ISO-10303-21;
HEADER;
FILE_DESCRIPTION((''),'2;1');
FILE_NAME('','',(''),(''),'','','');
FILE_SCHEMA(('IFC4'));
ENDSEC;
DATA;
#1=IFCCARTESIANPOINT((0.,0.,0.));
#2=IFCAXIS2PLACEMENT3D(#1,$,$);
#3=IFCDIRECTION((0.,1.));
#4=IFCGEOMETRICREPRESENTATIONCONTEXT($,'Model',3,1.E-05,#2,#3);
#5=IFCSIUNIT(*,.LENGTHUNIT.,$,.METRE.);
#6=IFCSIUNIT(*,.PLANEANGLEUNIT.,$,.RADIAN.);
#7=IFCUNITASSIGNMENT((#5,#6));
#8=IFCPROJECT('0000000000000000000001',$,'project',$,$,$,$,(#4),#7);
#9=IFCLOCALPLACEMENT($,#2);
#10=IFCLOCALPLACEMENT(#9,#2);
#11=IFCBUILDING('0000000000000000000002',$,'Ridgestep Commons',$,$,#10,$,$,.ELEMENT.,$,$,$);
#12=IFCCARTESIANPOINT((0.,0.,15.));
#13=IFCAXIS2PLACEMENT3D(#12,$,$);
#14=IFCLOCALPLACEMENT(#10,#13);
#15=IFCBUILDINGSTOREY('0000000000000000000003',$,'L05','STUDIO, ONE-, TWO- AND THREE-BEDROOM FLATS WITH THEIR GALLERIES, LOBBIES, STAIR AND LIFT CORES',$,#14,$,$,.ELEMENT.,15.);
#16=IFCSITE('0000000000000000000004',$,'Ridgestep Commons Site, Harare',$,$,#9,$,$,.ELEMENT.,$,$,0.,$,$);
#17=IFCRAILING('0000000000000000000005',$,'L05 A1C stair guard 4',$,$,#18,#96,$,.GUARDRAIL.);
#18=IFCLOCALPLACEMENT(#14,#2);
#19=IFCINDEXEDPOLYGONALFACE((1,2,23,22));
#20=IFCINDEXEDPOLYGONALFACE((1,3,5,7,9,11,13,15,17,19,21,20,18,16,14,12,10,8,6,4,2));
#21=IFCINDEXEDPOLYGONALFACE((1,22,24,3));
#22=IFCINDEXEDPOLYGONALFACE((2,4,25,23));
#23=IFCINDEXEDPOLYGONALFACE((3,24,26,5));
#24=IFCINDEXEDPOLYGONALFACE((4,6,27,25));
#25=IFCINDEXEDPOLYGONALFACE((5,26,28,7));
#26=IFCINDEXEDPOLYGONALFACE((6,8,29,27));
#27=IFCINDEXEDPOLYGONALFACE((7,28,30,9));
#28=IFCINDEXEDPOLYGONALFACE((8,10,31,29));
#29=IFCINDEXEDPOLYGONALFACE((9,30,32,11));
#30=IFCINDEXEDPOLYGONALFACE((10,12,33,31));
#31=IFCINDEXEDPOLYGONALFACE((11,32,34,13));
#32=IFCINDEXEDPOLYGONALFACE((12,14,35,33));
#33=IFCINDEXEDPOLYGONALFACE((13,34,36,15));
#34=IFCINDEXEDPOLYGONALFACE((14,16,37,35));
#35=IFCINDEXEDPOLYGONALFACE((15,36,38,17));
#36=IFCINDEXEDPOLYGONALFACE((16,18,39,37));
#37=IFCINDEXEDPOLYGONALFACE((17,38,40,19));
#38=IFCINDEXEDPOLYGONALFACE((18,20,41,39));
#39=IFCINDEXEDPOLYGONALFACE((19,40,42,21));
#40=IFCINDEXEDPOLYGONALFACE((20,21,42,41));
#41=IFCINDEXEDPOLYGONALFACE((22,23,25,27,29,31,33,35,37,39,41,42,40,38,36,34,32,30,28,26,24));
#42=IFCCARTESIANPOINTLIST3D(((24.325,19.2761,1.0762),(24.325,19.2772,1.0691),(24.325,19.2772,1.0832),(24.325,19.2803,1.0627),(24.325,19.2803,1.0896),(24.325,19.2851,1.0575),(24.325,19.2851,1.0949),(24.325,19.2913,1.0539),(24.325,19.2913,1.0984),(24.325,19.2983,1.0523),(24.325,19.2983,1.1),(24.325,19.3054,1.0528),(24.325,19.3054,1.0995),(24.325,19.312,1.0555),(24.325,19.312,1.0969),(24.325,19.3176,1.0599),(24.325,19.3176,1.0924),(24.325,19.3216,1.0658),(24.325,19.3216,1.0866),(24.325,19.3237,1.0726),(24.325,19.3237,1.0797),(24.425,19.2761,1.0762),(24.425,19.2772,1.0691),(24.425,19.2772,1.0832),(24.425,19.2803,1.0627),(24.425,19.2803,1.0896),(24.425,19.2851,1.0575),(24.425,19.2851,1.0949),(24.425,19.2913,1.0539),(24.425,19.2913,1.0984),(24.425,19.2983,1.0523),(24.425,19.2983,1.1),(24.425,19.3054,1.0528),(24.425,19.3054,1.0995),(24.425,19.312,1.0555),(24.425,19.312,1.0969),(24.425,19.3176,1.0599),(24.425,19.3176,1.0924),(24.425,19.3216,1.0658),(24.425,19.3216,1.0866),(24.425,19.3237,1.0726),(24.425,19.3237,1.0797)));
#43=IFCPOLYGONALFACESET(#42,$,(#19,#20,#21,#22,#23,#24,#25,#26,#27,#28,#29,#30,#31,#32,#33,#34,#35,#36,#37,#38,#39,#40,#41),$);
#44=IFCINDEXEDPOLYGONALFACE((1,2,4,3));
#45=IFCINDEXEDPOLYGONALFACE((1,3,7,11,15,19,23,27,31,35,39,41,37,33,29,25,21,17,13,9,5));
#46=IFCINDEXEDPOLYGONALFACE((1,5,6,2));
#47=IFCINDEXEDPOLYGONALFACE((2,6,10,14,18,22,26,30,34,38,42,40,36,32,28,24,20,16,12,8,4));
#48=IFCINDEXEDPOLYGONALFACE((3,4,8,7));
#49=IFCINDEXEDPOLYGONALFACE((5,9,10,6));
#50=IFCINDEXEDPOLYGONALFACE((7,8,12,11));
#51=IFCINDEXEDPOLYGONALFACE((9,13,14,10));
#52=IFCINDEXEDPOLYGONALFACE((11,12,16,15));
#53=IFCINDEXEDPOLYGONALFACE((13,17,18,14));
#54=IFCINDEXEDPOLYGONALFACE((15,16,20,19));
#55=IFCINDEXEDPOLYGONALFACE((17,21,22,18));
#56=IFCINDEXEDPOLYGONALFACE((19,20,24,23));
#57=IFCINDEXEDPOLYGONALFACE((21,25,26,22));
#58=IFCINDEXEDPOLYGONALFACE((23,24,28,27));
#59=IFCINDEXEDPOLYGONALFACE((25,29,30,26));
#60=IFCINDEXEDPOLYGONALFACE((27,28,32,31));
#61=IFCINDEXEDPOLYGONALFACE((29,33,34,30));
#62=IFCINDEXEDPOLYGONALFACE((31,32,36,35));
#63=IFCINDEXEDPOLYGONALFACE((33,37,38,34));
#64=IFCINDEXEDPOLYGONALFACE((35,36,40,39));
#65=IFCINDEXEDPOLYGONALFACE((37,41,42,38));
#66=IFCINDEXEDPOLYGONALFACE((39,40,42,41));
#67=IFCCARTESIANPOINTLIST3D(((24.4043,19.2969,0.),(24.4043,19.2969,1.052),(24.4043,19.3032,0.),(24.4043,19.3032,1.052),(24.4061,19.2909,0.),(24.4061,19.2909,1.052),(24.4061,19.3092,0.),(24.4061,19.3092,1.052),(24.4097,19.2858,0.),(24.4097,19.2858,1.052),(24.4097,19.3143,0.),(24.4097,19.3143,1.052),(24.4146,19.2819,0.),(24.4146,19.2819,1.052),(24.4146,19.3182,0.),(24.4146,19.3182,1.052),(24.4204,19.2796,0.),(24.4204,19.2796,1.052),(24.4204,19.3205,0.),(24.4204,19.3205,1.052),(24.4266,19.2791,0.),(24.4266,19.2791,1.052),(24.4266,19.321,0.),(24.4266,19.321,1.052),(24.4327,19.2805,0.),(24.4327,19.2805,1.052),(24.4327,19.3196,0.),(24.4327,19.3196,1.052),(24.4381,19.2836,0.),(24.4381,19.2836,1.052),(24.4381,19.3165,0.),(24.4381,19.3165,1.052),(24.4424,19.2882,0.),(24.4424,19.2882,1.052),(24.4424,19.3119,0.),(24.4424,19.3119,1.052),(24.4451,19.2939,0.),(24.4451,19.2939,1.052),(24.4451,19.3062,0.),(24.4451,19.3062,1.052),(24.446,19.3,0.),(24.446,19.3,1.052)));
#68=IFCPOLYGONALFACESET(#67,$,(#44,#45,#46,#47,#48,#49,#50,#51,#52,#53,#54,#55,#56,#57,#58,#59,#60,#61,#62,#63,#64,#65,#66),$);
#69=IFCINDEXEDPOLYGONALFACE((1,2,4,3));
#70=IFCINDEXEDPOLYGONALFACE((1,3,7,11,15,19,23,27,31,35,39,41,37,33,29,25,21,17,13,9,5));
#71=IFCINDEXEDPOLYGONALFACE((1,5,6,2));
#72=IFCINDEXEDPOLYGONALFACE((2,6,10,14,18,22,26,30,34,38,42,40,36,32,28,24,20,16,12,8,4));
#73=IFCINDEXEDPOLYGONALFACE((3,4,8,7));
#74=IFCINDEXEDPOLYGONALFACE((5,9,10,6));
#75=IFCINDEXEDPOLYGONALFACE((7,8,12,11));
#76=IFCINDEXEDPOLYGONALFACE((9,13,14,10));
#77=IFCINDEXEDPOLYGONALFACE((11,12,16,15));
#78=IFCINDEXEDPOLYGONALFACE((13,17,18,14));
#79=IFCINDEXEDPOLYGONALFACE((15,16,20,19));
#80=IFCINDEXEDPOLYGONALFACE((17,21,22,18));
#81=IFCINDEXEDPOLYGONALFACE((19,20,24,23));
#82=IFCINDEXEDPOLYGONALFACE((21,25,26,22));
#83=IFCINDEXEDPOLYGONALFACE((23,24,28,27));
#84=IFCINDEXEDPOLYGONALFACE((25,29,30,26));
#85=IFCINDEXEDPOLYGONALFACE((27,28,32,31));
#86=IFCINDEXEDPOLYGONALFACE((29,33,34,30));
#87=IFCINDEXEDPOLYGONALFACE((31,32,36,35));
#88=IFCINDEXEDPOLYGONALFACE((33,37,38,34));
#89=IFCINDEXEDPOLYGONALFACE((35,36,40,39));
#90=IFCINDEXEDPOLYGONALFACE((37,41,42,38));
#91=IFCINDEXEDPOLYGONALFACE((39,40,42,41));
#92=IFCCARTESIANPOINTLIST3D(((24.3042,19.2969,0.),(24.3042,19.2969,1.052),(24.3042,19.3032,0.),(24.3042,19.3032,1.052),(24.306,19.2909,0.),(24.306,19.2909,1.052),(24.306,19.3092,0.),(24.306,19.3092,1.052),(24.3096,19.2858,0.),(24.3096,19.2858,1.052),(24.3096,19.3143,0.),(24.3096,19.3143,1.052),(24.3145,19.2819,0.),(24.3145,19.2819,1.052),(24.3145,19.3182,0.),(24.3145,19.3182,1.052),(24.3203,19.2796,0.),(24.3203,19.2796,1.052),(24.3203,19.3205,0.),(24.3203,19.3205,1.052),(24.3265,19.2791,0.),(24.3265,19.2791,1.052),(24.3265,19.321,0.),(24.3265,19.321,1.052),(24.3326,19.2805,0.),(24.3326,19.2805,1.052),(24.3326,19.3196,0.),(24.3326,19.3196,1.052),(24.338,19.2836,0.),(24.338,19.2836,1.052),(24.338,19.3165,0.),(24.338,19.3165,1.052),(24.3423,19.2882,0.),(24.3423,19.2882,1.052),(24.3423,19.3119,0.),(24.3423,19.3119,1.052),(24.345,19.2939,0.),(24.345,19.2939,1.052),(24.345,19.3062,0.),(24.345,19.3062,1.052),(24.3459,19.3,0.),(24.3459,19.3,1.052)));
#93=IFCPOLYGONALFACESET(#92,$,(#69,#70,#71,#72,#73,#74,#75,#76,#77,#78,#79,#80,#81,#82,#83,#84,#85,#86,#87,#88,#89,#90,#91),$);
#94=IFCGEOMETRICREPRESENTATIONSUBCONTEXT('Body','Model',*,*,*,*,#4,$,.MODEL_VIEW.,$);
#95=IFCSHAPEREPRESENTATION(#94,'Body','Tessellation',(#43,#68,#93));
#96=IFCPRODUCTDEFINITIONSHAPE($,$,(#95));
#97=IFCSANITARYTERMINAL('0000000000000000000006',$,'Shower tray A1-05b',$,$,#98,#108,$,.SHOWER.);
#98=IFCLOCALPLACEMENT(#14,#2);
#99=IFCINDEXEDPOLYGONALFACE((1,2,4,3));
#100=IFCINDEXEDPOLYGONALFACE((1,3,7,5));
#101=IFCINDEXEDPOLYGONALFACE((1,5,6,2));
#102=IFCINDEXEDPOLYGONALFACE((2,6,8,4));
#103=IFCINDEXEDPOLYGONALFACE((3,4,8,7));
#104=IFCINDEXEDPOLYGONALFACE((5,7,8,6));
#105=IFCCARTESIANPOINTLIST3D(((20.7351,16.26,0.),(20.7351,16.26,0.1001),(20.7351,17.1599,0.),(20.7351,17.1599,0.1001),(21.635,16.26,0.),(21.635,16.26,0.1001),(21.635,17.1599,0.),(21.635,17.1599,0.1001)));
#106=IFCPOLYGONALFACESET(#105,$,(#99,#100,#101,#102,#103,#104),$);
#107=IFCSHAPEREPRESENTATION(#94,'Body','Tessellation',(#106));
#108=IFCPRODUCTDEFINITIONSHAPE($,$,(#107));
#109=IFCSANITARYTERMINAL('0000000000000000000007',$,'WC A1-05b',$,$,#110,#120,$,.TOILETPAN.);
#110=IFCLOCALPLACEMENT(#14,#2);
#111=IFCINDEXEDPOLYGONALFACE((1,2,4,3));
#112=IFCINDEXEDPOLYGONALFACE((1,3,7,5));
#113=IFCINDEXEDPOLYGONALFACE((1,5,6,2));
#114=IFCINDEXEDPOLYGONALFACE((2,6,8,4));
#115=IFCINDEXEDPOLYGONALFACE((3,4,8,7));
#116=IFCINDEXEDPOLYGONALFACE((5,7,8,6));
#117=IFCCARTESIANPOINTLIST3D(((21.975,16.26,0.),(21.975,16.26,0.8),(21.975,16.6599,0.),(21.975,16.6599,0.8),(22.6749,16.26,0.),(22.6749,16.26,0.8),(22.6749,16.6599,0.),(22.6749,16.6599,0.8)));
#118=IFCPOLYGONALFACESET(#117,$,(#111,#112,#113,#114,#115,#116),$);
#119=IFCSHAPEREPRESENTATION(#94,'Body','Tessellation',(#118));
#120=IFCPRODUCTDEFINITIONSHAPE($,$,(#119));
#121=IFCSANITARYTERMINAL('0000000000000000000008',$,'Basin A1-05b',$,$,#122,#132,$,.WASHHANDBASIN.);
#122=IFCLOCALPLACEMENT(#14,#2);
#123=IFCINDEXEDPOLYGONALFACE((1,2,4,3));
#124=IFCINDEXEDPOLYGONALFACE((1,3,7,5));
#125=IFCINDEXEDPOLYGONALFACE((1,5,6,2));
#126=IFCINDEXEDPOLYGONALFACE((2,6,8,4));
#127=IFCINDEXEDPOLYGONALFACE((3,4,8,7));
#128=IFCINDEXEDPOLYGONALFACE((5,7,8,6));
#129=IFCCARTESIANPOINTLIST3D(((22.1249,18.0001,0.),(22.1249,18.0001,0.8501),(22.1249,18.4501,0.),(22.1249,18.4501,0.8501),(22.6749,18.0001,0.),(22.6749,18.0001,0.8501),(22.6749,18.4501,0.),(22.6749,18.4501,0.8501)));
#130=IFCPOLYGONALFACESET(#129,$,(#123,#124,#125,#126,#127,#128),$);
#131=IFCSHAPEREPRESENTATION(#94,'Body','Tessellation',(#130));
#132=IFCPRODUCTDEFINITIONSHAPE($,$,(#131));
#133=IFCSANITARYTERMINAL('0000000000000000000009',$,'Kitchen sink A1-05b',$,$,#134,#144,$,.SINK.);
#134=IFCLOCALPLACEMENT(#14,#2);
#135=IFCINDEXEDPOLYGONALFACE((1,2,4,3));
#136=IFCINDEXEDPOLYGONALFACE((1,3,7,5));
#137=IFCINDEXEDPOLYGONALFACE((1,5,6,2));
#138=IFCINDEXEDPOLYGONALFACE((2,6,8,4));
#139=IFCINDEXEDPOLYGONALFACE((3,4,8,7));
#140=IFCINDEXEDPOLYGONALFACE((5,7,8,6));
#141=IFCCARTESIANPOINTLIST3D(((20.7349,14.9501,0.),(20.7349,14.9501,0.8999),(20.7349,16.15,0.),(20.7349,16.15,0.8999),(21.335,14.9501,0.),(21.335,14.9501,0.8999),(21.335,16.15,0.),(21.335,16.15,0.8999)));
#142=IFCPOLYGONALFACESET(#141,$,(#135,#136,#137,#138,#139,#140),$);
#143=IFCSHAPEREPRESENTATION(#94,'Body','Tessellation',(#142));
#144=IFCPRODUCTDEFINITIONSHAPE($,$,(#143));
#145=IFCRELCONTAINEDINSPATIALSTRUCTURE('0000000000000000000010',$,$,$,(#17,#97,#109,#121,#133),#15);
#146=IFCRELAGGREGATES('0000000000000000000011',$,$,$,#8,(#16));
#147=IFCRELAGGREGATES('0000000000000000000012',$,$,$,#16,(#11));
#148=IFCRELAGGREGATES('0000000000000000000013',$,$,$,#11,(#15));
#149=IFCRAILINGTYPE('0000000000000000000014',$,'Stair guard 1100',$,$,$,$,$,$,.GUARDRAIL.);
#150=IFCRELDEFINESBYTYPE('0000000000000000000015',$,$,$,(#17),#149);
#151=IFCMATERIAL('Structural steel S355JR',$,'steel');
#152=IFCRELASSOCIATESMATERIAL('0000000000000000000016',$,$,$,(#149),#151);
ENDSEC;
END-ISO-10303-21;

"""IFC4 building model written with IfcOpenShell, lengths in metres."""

from ifc_helpers import new_model, si_unit, direction, frame, origin, origin_2d, place, context, subcontext, project, spatial, rectangle, circle, extrude, material, type_object, element, save


model = new_model("IFC4")

# Units and contexts
model_context = context("Model", 3, precision=1e-05, world=origin(), true_north=direction((0.0, 1.0)))
body_context = subcontext(model_context, "Body", "Model", "MODEL_VIEW")
ifc_project = project(units=[si_unit("LENGTHUNIT", "METRE"), si_unit("PLANEANGLEUNIT", "RADIAN")], contexts=[model_context])

# Site, building, storey
site_placement = place(None, origin())
site = spatial("IfcSite", under=ifc_project, at=site_placement, Name="Ridgestep Commons Site, Harare", CompositionType="ELEMENT", RefElevation=0.0)
building_placement = place(site_placement, origin())
building = spatial("IfcBuilding", under=site, at=building_placement, Name="Ridgestep Commons", CompositionType="ELEMENT")
storey_placement = place(building_placement, frame((0.0, 0.0, 15.0)))
storey = spatial("IfcBuildingStorey", under=building, at=storey_placement, Name="L05", Description="STUDIO, ONE-, TWO- AND THREE-BEDROOM FLATS WITH THEIR GALLERIES, LOBBIES, STAIR AND LIFT CORES", CompositionType="ELEMENT", Elevation=15.0)

# Railing
ifc_material_1 = material(Name="Structural steel S355JR", Category="steel")
railing_type = type_object("IfcRailingType", Name="Stair guard 1100", PredefinedType="GUARDRAIL", material=ifc_material_1)
railing_1_placement = place(storey_placement, frame((24.425, 19.3, 0.0)))
element("IfcRailing", 1, at=railing_1_placement, inside=storey, type_object=railing_type, Name="L05 A1C stair guard 4", PredefinedType="GUARDRAIL", context=body_context, shape_type="SweptSolid", body=[
    extrude(circle(Radius=0.0239, at=origin_2d()), frame((0.0, 0.0, 1.0762), z_axis=(-1.0, 0.0, 0.0), x_axis=(0.0, -1.0, 0.0)), (0.0, 0.0, 1.0), 0.1001),
    extrude(circle(Radius=0.021, at=origin_2d()), origin(), (0.0, 0.0, 1.0), 1.052),
    extrude(circle(Radius=0.021, at=origin_2d()), frame((-0.1001, 0.0, 0.0)), (0.0, 0.0, 1.0), 1.052),
])

# Sanitary terminals
sanitary_terminal_1_placement = place(storey_placement, frame((21.1851, 16.71, 0.0), z_axis=(0.0, 0.0, 1.0), x_axis=(1.0, 0.0, 0.0)))
element("IfcSanitaryTerminal", 2, at=sanitary_terminal_1_placement, inside=storey, Name="Shower tray A1-05b", PredefinedType="SHOWER", context=body_context, shape_type="SweptSolid", body=[
    extrude(rectangle(XDim=0.8999, YDim=0.8999, at=origin_2d()), origin(), (0.0, 0.0, 1.0), 0.1001),
])
sanitary_terminal_2_placement = place(storey_placement, frame((22.325, 16.46, 0.0), z_axis=(0.0, 0.0, 1.0), x_axis=(1.0, 0.0, 0.0)))
element("IfcSanitaryTerminal", 3, at=sanitary_terminal_2_placement, inside=storey, Name="WC A1-05b", PredefinedType="TOILETPAN", context=body_context, shape_type="SweptSolid", body=[
    extrude(rectangle(XDim=0.7, YDim=0.3999, at=origin_2d()), origin(), (0.0, 0.0, 1.0), 0.8),
])
sanitary_terminal_3_placement = place(storey_placement, frame((22.3999, 18.2251, 0.0), z_axis=(0.0, 0.0, 1.0), x_axis=(1.0, 0.0, 0.0)))
element("IfcSanitaryTerminal", 4, at=sanitary_terminal_3_placement, inside=storey, Name="Basin A1-05b", PredefinedType="WASHHANDBASIN", context=body_context, shape_type="SweptSolid", body=[
    extrude(rectangle(XDim=0.55, YDim=0.45, at=origin_2d()), origin(), (0.0, 0.0, 1.0), 0.8501),
])
sanitary_terminal_4_placement = place(storey_placement, frame((21.0349, 15.55, 0.0), z_axis=(0.0, 0.0, 1.0), x_axis=(1.0, 0.0, 0.0)))
element("IfcSanitaryTerminal", 5, at=sanitary_terminal_4_placement, inside=storey, Name="Kitchen sink A1-05b", PredefinedType="SINK", context=body_context, shape_type="SweptSolid", body=[
    extrude(rectangle(XDim=0.6001, YDim=1.2, at=origin_2d()), origin(), (0.0, 0.0, 1.0), 0.8999),
])

save(model, "model.ifc")
